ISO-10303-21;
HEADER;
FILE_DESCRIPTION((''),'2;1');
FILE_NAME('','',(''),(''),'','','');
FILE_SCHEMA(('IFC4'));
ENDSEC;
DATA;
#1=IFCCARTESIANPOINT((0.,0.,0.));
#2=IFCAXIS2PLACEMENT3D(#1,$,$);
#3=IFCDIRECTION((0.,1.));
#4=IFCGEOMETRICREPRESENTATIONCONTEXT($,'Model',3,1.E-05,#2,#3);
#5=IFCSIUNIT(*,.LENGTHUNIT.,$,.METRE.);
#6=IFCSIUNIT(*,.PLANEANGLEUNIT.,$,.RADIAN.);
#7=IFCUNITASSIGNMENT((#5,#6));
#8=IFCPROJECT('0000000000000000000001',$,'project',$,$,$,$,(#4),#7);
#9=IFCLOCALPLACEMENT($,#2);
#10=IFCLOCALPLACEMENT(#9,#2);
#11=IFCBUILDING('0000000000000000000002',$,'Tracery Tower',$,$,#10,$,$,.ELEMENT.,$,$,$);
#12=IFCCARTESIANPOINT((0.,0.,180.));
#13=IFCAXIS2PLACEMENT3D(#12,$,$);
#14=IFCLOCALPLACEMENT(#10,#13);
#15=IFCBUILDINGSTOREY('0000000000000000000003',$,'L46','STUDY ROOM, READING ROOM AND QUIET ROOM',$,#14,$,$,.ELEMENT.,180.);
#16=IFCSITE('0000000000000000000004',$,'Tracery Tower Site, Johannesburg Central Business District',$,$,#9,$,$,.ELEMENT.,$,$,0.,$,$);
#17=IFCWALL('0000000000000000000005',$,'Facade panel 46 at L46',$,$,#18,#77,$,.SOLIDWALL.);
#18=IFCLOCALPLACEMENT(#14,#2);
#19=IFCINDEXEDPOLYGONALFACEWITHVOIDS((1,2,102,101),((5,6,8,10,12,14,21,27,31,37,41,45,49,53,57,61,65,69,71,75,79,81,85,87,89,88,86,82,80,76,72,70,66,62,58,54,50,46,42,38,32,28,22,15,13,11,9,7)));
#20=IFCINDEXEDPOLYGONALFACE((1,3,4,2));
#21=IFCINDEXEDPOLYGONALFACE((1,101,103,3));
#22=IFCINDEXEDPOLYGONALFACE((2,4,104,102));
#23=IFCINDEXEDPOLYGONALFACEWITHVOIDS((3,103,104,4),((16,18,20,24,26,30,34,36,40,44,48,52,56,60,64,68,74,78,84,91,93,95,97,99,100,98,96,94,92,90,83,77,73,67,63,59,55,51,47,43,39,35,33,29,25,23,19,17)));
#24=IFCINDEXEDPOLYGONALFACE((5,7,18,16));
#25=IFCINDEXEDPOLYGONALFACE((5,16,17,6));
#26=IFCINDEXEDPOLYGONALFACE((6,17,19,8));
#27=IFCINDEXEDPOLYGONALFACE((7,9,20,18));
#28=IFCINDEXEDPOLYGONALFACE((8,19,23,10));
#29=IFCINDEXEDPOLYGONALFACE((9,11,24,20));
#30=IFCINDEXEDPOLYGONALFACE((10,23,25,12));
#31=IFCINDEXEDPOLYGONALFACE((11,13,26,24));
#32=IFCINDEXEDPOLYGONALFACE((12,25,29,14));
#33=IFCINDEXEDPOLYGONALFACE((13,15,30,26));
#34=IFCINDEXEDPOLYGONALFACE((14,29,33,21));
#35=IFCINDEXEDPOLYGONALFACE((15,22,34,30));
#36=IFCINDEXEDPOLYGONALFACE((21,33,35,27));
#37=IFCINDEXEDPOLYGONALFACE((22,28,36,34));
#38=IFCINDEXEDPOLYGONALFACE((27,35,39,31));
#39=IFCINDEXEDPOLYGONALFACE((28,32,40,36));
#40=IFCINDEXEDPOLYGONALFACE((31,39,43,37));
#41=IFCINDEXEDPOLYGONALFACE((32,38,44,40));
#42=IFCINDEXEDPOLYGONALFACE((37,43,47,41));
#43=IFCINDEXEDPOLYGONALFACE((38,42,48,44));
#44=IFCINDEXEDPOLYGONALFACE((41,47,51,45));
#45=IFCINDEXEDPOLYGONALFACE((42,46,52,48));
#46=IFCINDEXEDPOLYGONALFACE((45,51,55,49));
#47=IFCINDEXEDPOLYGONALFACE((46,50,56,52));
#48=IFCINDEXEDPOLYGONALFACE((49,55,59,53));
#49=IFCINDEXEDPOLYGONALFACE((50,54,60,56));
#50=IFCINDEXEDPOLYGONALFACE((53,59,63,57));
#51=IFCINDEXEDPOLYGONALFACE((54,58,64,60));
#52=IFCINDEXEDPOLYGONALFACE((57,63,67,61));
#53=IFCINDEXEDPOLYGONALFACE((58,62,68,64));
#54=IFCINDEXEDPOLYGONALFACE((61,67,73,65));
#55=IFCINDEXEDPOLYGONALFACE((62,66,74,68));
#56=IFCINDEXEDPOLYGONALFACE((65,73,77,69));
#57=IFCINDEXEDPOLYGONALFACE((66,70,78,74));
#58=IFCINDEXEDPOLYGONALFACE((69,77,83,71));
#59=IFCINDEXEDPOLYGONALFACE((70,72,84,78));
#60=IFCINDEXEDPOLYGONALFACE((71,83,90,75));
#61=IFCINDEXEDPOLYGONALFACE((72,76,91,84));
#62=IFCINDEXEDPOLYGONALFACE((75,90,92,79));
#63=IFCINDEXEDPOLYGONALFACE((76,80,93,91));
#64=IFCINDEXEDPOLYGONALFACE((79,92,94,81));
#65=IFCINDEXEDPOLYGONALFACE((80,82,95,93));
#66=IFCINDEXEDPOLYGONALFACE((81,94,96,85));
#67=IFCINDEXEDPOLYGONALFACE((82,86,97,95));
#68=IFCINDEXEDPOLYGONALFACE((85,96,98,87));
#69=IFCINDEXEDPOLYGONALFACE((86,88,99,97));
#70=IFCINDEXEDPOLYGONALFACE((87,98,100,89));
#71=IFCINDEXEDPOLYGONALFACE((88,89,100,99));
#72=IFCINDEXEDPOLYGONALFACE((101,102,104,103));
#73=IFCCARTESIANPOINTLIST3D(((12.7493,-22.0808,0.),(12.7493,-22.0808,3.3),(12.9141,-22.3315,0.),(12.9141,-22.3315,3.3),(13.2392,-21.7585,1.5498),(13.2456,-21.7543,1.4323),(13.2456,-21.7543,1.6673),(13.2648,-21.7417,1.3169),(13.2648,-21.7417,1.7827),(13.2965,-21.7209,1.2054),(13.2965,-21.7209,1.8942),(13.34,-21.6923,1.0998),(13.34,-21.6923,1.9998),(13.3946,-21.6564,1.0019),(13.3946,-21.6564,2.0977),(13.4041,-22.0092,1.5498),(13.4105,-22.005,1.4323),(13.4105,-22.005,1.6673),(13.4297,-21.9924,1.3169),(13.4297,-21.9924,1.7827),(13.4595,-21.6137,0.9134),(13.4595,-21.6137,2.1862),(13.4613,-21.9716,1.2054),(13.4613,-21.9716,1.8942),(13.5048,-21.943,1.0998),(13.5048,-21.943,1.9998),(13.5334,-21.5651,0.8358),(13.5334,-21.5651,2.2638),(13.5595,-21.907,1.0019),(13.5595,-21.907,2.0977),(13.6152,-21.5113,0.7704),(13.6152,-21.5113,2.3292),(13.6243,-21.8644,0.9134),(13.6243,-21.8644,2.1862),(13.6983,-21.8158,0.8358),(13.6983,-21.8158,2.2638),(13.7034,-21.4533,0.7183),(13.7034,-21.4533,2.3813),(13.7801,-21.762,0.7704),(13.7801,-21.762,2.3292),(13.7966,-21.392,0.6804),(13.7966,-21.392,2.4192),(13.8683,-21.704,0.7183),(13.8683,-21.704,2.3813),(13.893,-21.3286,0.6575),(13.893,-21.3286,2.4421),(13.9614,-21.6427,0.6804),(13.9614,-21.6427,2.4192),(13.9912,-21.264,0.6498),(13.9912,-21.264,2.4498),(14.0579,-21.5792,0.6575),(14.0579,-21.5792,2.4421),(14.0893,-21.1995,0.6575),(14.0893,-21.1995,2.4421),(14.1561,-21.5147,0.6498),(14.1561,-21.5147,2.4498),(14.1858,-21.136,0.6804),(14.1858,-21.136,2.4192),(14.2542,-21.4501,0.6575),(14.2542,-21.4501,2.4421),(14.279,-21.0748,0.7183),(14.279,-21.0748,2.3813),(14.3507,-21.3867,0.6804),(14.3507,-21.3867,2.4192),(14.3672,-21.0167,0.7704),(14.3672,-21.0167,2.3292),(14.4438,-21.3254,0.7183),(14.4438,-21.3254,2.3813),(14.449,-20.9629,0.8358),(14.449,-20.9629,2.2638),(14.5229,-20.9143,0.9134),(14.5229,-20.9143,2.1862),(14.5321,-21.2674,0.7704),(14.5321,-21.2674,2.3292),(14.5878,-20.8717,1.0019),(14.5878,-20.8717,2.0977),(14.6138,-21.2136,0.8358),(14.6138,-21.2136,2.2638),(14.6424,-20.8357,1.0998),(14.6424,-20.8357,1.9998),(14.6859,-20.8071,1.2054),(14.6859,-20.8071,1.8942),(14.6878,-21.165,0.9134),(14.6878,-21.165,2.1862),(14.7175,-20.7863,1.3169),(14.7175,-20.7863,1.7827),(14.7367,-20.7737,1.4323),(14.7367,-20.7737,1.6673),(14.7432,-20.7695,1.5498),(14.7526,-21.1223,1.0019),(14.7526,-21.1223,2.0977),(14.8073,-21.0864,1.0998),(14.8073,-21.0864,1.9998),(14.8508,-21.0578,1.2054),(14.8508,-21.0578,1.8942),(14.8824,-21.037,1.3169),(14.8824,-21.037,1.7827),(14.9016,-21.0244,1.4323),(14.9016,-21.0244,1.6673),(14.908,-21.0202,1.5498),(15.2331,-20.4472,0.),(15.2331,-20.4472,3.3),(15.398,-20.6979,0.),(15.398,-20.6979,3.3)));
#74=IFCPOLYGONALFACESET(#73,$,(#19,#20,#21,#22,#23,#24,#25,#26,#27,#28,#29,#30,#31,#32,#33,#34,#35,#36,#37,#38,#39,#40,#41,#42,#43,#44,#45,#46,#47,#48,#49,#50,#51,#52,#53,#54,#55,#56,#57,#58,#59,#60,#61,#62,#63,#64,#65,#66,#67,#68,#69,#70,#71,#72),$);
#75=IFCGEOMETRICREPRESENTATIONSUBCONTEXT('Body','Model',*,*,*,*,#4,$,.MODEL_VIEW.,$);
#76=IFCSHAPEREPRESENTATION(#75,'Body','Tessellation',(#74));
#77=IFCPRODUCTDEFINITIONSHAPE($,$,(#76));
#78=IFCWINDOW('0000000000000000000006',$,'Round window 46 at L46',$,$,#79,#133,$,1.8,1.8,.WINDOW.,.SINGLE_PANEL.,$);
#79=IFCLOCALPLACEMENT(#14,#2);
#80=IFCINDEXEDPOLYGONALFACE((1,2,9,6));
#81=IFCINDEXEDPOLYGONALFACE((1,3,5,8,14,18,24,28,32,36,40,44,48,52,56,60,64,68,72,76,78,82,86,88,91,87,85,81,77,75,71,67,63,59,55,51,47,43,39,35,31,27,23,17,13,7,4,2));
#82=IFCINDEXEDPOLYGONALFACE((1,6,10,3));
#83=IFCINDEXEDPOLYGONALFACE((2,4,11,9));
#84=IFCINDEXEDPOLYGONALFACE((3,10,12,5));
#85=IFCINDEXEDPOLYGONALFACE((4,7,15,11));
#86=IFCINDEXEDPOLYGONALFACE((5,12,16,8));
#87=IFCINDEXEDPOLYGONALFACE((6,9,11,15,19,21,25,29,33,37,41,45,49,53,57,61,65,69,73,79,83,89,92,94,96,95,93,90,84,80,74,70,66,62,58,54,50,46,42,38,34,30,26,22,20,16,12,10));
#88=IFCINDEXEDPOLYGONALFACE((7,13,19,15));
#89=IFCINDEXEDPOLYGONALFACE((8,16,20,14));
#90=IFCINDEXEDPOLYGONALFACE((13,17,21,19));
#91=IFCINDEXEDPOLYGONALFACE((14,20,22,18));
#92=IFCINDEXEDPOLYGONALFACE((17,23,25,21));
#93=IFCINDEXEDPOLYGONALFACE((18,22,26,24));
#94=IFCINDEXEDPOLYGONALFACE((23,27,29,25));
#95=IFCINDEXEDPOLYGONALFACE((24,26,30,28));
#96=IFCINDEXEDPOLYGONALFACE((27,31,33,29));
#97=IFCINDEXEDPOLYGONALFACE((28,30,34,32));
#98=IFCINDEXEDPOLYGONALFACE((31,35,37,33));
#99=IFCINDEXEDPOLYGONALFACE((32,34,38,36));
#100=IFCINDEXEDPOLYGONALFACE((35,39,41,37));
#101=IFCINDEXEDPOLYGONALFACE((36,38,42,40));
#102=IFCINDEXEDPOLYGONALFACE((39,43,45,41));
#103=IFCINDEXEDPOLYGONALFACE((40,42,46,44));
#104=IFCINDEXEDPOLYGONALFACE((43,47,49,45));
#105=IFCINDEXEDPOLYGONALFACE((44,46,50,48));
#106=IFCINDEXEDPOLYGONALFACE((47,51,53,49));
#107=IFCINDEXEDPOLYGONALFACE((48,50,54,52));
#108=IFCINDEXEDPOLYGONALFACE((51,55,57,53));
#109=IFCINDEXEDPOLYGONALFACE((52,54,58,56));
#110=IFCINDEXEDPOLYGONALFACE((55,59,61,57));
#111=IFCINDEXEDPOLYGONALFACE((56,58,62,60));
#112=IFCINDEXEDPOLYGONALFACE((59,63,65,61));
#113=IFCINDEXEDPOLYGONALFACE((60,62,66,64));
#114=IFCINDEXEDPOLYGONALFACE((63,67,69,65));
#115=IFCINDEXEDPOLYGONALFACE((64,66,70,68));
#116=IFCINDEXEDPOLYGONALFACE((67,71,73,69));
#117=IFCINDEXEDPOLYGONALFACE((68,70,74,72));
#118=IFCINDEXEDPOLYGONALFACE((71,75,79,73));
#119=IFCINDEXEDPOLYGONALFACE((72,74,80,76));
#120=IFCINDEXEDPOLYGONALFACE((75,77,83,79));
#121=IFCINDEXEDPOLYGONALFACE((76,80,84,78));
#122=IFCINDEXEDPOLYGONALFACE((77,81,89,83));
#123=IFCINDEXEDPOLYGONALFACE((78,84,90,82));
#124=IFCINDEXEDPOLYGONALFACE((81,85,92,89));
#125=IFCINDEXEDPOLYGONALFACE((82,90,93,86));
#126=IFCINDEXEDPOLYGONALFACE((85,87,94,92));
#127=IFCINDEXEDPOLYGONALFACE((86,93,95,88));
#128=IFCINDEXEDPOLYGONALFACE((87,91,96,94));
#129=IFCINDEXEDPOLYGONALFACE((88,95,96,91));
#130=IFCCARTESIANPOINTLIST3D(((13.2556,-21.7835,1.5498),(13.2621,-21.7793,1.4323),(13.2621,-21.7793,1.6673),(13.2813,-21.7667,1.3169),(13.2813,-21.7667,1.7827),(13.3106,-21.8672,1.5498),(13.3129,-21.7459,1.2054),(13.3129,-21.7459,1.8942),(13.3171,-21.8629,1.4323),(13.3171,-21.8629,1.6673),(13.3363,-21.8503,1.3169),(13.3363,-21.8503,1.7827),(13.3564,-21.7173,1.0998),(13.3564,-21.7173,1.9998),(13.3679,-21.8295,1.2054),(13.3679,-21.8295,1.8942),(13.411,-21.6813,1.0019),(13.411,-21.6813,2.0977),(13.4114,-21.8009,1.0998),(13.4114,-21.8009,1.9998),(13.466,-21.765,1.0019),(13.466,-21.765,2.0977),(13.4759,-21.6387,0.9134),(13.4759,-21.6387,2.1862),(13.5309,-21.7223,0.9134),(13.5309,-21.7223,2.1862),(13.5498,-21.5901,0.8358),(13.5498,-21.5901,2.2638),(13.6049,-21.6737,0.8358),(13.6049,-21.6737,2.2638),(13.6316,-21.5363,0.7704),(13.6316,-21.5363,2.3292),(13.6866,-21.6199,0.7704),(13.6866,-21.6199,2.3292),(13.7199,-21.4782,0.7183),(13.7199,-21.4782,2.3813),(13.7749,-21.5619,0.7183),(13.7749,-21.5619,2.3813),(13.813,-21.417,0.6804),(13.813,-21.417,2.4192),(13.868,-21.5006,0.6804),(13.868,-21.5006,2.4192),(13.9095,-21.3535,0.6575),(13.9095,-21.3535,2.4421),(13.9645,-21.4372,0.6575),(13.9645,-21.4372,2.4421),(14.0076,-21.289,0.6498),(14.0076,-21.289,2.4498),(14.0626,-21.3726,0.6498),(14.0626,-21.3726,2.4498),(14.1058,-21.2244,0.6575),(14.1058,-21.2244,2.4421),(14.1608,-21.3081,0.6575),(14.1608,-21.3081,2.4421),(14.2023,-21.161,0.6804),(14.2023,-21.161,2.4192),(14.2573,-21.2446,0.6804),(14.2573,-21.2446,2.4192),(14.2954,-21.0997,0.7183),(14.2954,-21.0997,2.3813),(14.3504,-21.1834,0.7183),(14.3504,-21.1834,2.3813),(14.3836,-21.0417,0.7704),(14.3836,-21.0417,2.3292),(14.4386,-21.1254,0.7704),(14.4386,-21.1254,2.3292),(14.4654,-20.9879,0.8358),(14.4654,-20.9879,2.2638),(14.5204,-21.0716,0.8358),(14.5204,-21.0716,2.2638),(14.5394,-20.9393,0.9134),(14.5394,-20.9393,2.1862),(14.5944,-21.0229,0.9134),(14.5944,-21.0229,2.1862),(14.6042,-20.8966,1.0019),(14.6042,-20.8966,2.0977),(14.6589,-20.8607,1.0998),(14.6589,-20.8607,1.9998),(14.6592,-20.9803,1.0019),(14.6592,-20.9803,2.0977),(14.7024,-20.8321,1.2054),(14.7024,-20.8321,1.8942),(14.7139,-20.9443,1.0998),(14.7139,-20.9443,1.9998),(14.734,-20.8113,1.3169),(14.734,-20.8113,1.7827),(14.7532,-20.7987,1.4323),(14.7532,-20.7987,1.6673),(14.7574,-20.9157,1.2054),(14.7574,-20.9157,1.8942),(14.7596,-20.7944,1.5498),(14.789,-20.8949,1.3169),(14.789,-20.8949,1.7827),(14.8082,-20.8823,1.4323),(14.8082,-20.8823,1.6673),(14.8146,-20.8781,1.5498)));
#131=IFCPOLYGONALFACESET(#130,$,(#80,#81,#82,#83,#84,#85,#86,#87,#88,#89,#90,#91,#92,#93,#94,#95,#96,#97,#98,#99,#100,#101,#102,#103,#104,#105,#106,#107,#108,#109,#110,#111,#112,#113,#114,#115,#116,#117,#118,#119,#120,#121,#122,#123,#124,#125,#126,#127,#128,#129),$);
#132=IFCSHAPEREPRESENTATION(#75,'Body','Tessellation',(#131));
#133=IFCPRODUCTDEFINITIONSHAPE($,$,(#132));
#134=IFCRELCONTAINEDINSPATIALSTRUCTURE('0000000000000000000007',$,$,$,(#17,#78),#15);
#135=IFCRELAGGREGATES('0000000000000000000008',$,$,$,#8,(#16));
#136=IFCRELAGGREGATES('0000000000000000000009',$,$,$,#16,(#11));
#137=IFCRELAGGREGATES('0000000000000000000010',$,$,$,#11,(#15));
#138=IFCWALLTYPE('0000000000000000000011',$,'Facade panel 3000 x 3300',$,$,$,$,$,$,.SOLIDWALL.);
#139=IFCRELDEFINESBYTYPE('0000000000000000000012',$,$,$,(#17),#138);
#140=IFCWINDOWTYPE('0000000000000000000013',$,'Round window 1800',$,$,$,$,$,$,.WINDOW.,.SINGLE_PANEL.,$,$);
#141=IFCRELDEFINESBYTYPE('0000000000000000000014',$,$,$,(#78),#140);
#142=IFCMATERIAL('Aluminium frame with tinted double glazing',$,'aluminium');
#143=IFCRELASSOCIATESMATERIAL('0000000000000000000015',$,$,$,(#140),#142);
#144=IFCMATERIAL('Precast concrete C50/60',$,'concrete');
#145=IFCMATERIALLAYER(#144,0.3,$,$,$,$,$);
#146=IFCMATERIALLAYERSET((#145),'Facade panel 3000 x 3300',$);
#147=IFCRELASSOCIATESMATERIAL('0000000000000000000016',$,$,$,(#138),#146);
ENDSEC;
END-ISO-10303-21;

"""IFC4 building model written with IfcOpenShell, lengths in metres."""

from ifc_helpers import new_model, si_unit, direction, frame, frame_2d, origin, origin_2d, place, context, subcontext, project, spatial, rectangle, circle, extrude, material, layer, layer_set, type_object, element, fill, save


model = new_model("IFC4")

# Units and contexts
model_context = context("Model", 3, precision=1e-05, world=origin(), true_north=direction((0.0, 1.0)))
body_context = subcontext(model_context, "Body", "Model", "MODEL_VIEW")
ifc_project = project(units=[si_unit("LENGTHUNIT", "METRE"), si_unit("PLANEANGLEUNIT", "RADIAN")], contexts=[model_context])

# Site, building, storey
site_placement = place(None, origin())
site = spatial("IfcSite", under=ifc_project, at=site_placement, Name="Tracery Tower Site, Johannesburg Central Business District", CompositionType="ELEMENT", RefElevation=0.0)
building_placement = place(site_placement, origin())
building = spatial("IfcBuilding", under=site, at=building_placement, Name="Tracery Tower", CompositionType="ELEMENT")
storey_placement = place(building_placement, frame((0.0, 0.0, 180.0)))
storey = spatial("IfcBuildingStorey", under=building, at=storey_placement, Name="L46", Description="STUDY ROOM, READING ROOM AND QUIET ROOM", CompositionType="ELEMENT", Elevation=180.0)

# Wall, opening, window
ifc_material_1 = material(Name="Aluminium frame with tinted double glazing", Category="aluminium")
window_type = type_object("IfcWindowType", Name="Round window 1800", PartitioningType="SINGLE_PANEL", PredefinedType="WINDOW", material=ifc_material_1)
ifc_material_2 = material(Name="Precast concrete C50/60", Category="concrete")
ifc_layer_1 = layer(ifc_material_2, 0.3)
ifc_layer_set_1 = layer_set([ifc_layer_1], Name="Facade panel 3000 x 3300")
wall_type_1 = type_object("IfcWallType", Name="Facade panel 3000 x 3300", PredefinedType="SOLIDWALL", material=ifc_layer_set_1)
wall_1_placement = place(storey_placement, frame((12.8318, -22.2061, 0.0), z_axis=(0.0, 0.0, 1.0), x_axis=(0.835508, 0.549478, 0.0)))
wall_1 = element("IfcWall", 1, at=wall_1_placement, inside=storey, type_object=wall_type_1, Name="Facade panel 46 at L46", PredefinedType="SOLIDWALL", context=body_context, shape_type="SweptSolid", body=[
    extrude(rectangle(XDim=2.9729, YDim=0.3, at=frame_2d((1.4863, 0.0))), origin(), (0.0, 0.0, 1.0), 3.3),
])
opening_1_placement = place(wall_1_placement, frame((1.4863, 0.0, 1.5498)))
opening_1 = element("IfcOpeningElement", 2, at=opening_1_placement, cuts=wall_1, PredefinedType="OPENING", context=body_context, shape_type="SweptSolid", body=[
    extrude(circle(Radius=0.9, at=origin_2d()), frame((0.0, 0.1599, 0.0), z_axis=(0.0, -1.0, 0.0), x_axis=(1.0, 0.0, 0.0)), (0.0, 0.0, 1.0), 0.3201),
])
window_1_placement = place(opening_1_placement, origin())
window_1 = element("IfcWindow", 3, at=window_1_placement, inside=storey, type_object=window_type, Name="Round window 46 at L46", OverallHeight=1.8, OverallWidth=1.8, PartitioningType="SINGLE_PANEL", PredefinedType="WINDOW", context=body_context, shape_type="SweptSolid", body=[
    extrude(circle(Radius=0.9, at=origin_2d()), frame((0.0, 0.1201, 0.0), z_axis=(0.0, -1.0, 0.0), x_axis=(1.0, 0.0, 0.0)), (0.0, 0.0, 1.0), 0.1001),
])
fill(opening_1, window_1)

save(model, "model.ifc")
